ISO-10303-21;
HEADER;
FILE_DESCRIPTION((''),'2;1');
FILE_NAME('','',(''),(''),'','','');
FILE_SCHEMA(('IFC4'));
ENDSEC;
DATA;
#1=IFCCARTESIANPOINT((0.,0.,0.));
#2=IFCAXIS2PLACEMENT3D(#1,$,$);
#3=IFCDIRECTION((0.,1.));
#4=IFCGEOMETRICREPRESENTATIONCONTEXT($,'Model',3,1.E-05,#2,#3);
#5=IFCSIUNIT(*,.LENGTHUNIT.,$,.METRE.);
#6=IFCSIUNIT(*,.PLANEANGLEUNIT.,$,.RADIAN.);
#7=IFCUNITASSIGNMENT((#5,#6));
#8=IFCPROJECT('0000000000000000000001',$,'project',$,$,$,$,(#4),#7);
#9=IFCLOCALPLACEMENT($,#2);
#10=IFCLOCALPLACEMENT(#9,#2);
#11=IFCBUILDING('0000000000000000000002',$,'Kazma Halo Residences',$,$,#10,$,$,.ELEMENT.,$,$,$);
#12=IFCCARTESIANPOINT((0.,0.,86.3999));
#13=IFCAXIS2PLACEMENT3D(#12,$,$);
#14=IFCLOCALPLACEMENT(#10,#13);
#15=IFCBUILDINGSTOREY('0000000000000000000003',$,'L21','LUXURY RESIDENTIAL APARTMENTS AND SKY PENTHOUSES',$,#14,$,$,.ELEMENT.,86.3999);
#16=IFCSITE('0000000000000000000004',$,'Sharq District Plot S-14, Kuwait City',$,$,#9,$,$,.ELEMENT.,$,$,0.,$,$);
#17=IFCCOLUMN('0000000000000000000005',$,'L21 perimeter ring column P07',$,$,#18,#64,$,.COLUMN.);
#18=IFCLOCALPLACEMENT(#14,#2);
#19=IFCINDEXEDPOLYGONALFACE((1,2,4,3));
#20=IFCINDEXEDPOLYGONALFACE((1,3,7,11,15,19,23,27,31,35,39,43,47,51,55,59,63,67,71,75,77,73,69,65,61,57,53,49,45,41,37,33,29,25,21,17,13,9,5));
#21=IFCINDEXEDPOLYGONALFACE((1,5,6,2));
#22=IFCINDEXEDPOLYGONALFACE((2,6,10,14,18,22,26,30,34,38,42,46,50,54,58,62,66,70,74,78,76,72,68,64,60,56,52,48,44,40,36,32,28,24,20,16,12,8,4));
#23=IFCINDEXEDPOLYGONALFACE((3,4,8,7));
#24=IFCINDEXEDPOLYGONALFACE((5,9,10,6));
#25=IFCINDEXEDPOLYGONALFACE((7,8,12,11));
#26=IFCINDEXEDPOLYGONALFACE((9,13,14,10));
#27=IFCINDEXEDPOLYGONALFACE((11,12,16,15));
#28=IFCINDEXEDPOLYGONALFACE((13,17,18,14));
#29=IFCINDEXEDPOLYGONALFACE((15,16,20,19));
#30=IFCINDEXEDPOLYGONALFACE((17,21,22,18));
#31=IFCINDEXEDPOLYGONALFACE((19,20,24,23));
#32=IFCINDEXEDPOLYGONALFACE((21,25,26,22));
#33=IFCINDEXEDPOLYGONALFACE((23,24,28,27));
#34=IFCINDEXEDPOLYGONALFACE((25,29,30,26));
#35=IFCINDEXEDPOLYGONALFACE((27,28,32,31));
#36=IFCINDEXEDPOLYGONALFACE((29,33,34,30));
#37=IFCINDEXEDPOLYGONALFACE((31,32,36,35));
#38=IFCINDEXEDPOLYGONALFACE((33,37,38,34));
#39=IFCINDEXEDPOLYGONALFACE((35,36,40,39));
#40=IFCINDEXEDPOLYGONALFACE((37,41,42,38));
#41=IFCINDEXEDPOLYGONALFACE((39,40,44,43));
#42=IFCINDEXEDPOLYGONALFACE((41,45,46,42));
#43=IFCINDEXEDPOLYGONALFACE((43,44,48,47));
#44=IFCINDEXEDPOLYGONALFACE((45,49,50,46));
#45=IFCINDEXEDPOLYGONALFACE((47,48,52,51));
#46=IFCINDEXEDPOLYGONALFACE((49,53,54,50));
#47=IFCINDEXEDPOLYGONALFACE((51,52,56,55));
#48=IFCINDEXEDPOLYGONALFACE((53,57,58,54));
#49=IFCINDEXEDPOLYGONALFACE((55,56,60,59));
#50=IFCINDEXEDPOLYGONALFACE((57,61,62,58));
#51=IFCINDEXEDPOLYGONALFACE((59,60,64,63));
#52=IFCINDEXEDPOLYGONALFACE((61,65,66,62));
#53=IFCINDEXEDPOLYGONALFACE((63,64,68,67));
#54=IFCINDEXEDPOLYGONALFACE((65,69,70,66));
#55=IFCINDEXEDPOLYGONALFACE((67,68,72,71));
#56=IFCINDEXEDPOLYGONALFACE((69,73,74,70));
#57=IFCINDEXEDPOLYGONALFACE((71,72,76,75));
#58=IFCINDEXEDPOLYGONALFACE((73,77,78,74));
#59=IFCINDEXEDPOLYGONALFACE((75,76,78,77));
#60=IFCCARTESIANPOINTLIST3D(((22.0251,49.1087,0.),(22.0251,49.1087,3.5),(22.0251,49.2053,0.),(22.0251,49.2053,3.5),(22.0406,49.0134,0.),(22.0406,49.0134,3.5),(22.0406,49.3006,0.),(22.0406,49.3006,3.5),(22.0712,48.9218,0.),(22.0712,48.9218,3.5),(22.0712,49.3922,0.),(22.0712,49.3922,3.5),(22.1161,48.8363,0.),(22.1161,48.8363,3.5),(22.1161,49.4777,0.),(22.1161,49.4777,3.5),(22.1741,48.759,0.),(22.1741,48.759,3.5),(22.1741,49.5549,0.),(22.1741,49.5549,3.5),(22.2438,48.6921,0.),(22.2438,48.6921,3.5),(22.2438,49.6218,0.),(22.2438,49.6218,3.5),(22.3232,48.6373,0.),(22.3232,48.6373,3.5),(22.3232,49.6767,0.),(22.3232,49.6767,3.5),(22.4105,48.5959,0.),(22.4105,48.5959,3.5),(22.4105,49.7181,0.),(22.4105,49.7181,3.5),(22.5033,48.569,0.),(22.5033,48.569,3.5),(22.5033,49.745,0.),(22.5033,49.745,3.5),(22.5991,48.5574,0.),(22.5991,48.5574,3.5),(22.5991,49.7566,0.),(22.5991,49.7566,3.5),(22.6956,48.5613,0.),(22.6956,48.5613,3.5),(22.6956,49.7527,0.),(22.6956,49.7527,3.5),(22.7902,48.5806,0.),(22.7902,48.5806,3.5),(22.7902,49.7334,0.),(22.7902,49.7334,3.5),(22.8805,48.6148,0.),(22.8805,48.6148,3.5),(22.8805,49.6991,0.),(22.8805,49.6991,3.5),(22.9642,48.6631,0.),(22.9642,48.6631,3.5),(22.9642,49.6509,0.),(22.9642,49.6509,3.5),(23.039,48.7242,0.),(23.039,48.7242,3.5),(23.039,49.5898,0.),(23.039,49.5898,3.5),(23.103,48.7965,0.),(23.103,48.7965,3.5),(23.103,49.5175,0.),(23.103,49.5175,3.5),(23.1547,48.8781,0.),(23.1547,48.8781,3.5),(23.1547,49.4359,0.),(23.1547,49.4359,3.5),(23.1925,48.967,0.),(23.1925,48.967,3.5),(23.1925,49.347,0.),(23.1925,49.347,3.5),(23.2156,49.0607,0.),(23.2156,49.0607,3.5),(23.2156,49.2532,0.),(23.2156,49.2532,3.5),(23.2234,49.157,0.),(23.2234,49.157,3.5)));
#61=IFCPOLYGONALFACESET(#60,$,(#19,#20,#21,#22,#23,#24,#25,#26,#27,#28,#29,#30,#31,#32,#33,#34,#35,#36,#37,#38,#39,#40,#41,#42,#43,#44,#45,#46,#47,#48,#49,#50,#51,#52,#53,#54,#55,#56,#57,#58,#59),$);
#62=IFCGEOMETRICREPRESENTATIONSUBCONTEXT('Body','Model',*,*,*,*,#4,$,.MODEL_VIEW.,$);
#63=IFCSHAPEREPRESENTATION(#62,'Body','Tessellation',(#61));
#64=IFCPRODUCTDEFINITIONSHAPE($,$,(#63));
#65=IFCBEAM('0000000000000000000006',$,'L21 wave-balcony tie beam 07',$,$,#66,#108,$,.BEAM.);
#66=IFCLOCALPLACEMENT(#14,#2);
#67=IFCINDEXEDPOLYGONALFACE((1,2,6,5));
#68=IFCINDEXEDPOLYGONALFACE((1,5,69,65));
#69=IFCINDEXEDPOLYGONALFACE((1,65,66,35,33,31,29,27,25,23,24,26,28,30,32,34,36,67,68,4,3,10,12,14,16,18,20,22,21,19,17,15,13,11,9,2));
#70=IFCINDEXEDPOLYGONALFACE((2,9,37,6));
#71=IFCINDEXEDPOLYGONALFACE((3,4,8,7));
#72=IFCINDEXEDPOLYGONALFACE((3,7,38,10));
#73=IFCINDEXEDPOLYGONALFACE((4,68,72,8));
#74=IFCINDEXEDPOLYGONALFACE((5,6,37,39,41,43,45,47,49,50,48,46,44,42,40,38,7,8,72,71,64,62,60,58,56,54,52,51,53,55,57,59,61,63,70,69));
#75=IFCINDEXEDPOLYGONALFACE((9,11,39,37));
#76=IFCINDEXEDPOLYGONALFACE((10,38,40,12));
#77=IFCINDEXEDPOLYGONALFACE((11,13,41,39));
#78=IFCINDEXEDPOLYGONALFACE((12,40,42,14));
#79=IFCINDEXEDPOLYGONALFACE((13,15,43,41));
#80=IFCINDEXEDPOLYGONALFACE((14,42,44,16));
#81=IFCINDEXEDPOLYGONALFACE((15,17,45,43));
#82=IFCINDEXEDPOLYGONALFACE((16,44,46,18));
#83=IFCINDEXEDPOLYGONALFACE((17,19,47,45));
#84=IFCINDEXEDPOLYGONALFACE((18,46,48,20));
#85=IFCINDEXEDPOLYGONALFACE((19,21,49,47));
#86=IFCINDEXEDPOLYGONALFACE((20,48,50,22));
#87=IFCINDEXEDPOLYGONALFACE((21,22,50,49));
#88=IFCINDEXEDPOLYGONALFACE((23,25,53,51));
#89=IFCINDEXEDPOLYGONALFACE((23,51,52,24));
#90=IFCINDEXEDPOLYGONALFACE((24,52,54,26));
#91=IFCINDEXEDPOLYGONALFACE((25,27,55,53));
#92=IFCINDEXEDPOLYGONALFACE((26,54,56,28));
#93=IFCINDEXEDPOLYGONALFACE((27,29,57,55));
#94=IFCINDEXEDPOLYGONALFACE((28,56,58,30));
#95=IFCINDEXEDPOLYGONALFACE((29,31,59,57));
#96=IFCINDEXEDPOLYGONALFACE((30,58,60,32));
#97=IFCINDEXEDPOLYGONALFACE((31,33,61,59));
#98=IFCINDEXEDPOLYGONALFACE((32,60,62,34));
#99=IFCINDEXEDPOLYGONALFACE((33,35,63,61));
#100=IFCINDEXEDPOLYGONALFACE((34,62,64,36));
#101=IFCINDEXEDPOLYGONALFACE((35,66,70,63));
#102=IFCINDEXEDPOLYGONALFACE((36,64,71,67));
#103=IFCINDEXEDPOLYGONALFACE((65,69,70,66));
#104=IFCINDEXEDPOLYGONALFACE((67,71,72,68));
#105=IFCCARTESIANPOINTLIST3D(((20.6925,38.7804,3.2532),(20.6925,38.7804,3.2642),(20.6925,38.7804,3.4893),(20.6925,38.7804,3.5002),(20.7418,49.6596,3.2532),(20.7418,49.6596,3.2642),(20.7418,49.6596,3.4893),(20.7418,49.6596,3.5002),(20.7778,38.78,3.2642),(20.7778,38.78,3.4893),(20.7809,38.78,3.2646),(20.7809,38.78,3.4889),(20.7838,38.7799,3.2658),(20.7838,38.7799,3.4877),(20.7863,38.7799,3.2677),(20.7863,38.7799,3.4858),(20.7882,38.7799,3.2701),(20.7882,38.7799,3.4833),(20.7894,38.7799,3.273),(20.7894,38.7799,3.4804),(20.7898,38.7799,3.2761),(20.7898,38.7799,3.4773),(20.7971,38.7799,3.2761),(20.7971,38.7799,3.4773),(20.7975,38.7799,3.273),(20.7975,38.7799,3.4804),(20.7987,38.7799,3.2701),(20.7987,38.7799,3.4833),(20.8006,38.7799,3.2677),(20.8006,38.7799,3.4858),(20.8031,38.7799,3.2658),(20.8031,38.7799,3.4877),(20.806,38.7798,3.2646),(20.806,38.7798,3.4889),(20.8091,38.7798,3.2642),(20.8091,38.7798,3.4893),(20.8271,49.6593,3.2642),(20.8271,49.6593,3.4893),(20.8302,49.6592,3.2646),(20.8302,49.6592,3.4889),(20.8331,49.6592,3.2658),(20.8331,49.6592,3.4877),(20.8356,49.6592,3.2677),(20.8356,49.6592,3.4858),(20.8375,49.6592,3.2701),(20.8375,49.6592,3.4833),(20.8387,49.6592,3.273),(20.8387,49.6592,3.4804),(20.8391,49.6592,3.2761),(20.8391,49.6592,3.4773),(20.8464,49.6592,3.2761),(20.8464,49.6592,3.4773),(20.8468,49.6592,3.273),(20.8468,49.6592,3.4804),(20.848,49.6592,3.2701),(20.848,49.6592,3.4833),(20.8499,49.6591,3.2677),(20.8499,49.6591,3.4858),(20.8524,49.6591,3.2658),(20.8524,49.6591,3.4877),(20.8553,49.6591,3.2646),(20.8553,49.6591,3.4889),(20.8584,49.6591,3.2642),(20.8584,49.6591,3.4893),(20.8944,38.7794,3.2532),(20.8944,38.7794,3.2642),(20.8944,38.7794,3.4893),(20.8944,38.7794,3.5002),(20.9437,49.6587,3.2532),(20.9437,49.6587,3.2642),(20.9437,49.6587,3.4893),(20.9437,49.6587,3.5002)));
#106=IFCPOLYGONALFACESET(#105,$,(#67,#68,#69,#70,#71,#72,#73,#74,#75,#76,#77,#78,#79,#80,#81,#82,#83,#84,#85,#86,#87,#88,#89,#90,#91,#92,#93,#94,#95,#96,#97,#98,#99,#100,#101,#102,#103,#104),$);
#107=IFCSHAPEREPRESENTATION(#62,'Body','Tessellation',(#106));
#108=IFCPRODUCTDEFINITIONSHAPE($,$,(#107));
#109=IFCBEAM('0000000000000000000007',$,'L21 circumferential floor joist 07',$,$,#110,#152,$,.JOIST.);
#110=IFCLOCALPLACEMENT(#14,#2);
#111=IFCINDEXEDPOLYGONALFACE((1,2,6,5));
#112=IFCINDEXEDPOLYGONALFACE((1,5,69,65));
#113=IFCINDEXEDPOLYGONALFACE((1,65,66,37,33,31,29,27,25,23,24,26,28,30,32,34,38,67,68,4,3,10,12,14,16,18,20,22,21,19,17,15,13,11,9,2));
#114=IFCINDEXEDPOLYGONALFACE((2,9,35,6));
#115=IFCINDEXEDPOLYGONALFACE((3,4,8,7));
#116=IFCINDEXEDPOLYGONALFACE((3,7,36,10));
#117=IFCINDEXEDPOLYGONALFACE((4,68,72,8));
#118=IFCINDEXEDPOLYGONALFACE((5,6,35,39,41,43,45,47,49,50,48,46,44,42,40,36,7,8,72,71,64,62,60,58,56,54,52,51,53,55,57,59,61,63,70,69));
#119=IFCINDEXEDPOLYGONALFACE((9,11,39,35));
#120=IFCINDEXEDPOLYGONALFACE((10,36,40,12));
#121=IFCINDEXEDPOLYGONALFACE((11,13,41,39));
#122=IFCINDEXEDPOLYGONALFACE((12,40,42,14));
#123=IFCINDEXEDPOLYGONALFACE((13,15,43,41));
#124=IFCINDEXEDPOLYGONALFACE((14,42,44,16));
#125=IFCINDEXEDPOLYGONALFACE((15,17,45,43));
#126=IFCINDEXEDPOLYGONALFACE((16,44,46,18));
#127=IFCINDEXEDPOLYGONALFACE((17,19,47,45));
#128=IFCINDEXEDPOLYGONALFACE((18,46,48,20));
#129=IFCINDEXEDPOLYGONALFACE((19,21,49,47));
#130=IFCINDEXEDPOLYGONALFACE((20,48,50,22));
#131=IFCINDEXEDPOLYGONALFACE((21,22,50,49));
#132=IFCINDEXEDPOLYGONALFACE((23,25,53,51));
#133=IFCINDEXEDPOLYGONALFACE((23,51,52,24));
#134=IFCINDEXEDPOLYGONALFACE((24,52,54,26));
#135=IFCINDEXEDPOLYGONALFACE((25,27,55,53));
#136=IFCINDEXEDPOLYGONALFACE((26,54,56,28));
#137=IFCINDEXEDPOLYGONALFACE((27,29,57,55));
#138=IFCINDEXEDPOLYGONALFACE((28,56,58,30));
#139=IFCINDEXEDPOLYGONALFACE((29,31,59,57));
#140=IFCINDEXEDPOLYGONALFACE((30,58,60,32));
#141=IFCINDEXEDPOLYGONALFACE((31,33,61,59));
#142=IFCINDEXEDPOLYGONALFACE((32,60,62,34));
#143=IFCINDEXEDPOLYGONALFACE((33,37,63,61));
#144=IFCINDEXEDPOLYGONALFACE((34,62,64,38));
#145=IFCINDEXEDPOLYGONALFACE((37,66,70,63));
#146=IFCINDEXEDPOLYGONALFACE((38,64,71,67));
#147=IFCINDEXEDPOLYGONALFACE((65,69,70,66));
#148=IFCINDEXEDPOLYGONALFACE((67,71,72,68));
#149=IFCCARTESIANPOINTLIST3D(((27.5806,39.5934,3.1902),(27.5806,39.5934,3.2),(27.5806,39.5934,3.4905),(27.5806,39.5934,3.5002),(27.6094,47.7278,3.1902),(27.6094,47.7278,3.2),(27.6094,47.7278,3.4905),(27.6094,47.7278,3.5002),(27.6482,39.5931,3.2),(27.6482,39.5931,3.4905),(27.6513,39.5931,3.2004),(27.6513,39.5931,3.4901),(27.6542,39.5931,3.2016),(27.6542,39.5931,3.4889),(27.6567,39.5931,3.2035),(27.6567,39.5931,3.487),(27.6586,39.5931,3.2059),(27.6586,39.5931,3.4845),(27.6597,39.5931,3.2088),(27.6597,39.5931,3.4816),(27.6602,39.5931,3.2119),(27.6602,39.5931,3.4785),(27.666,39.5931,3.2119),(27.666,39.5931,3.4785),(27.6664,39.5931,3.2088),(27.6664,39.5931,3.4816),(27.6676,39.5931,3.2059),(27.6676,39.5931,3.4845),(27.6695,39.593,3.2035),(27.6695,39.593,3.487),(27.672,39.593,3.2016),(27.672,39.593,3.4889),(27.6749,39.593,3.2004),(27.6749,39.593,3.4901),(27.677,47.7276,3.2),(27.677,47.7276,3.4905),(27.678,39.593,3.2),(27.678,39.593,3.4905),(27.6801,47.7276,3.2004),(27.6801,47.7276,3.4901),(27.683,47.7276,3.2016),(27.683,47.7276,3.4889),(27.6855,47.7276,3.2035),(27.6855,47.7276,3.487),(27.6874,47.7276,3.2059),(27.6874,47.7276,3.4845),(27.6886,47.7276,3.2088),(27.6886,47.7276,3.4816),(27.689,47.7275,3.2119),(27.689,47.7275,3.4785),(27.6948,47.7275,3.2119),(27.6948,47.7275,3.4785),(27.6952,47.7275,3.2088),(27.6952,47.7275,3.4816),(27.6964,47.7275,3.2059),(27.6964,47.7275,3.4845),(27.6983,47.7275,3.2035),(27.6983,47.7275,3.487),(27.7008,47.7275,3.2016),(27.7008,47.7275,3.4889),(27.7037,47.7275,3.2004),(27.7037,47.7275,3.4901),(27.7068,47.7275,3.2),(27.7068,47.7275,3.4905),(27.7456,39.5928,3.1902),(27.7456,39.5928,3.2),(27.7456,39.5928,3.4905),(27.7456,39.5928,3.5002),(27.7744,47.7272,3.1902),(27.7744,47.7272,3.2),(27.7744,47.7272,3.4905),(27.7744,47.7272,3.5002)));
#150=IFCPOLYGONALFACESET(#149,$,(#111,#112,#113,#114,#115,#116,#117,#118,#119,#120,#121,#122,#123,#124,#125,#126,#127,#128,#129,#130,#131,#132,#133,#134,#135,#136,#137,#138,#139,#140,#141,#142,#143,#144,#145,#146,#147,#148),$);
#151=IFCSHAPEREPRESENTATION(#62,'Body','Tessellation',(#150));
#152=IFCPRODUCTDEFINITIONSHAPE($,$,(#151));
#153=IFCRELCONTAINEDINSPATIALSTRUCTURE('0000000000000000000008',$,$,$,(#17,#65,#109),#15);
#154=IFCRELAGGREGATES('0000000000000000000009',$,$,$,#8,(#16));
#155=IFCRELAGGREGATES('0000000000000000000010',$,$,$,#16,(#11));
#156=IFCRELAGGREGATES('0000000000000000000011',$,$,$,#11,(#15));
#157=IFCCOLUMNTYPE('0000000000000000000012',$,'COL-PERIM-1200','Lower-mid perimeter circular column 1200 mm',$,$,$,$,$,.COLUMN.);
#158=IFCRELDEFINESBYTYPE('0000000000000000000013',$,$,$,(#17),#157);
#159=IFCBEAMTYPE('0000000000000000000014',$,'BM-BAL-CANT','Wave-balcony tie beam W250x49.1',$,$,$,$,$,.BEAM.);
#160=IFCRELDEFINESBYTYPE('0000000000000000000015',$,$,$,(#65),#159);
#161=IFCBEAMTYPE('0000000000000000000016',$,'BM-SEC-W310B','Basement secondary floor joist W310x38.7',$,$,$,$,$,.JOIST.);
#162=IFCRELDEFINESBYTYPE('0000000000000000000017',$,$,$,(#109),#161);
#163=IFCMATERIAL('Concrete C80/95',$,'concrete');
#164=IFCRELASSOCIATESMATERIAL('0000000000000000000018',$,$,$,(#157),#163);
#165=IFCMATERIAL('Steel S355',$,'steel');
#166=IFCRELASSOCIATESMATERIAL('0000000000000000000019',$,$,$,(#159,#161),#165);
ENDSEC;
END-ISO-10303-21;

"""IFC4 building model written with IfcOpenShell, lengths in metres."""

from ifc_helpers import new_model, si_unit, direction, frame, origin, origin_2d, place, context, subcontext, project, spatial, circle, i_section, extrude, material, material_profile, profile_set, type_object, element, save


model = new_model("IFC4")

# Units and contexts
model_context = context("Model", 3, precision=1e-05, world=origin(), true_north=direction((0.0, 1.0)))
body_context = subcontext(model_context, "Body", "Model", "MODEL_VIEW")
ifc_project = project(units=[si_unit("LENGTHUNIT", "METRE"), si_unit("PLANEANGLEUNIT", "RADIAN")], contexts=[model_context])

# Site, building, storey
site_placement = place(None, origin())
site = spatial("IfcSite", under=ifc_project, at=site_placement, Name="Sharq District Plot S-14, Kuwait City", CompositionType="ELEMENT", RefElevation=0.0)
building_placement = place(site_placement, origin())
building = spatial("IfcBuilding", under=site, at=building_placement, Name="Kazma Halo Residences", CompositionType="ELEMENT")
storey_placement = place(building_placement, frame((0.0, 0.0, 86.3999)))
storey = spatial("IfcBuildingStorey", under=building, at=storey_placement, Name="L21", Description="LUXURY RESIDENTIAL APARTMENTS AND SKY PENTHOUSES", CompositionType="ELEMENT", Elevation=86.3999)

# Column
ifc_material_1 = material(Name="Concrete C80/95", Category="concrete")
ifc_material_profile_1 = material_profile(ifc_material_1, circle(Radius=0.6001, at=origin_2d()), Name="CIRC1200")
ifc_profile_set_1 = profile_set([ifc_material_profile_1], Name="Concrete C80/95")
column_type = type_object("IfcColumnType", Name="COL-PERIM-1200", Description="Lower-mid perimeter circular column 1200 mm", PredefinedType="COLUMN", material=ifc_profile_set_1)
column_placement = place(storey_placement, frame((22.6233, 49.157, 0.0), z_axis=(0.0, 0.0, 1.0), x_axis=(1.0, 0.0, 0.0)))
element("IfcColumn", 1, at=column_placement, inside=storey, type_object=column_type, Name="L21 perimeter ring column P07", PredefinedType="COLUMN", context=body_context, shape_type="SweptSolid", body=[
    extrude(circle(Radius=0.6001, at=origin_2d()), origin(), (0.0, 0.0, 1.0), 3.5),
])

# Beams
ifc_material_2 = material(Name="Steel S355", Category="steel")
ifc_material_profile_2 = material_profile(ifc_material_2, i_section(OverallWidth=0.2019, OverallDepth=0.2471, WebThickness=0.0073, FlangeThickness=0.011, FilletRadius=0.012, at=origin_2d()), Name="W250x49.1")
ifc_profile_set_2 = profile_set([ifc_material_profile_2], Name="Steel S355")
beam_type_1 = type_object("IfcBeamType", Name="BM-BAL-CANT", Description="Wave-balcony tie beam W250x49.1", PredefinedType="BEAM", material=ifc_profile_set_2)
beam_1_placement = place(storey_placement, frame((20.8428, 49.6592, 3.3767), z_axis=(-0.004533, -0.99999, 0.0), x_axis=(0.99999, -0.004533, 0.0)))
element("IfcBeam", 2, at=beam_1_placement, inside=storey, type_object=beam_type_1, Name="L21 wave-balcony tie beam 07", PredefinedType="BEAM", context=body_context, shape_type="SweptSolid", body=[
    extrude(i_section(OverallWidth=0.2019, OverallDepth=0.2471, WebThickness=0.0073, FlangeThickness=0.011, FilletRadius=0.012, at=origin_2d()), origin(), (0.0, 0.0, 1.0), 10.8794),
])
ifc_material_profile_3 = material_profile(ifc_material_2, i_section(OverallWidth=0.165, OverallDepth=0.3101, WebThickness=0.0059, FlangeThickness=0.0098, FilletRadius=0.012, at=origin_2d()), Name="W310x38.7")
ifc_profile_set_3 = profile_set([ifc_material_profile_3], Name="Steel S355")
beam_type_2 = type_object("IfcBeamType", Name="BM-SEC-W310B", Description="Basement secondary floor joist W310x38.7", PredefinedType="JOIST", material=ifc_profile_set_3)
beam_2_placement = place(storey_placement, frame((27.6919, 47.7275, 3.3452), z_axis=(-0.003542, -0.999994, 0.0), x_axis=(0.999994, -0.003542, 0.0)))
element("IfcBeam", 3, at=beam_2_placement, inside=storey, type_object=beam_type_2, Name="L21 circumferential floor joist 07", PredefinedType="JOIST", context=body_context, shape_type="SweptSolid", body=[
    extrude(i_section(OverallWidth=0.165, OverallDepth=0.3101, WebThickness=0.0059, FlangeThickness=0.0098, FilletRadius=0.012, at=origin_2d()), origin(), (0.0, 0.0, 1.0), 8.1345),
])

save(model, "model.ifc")
